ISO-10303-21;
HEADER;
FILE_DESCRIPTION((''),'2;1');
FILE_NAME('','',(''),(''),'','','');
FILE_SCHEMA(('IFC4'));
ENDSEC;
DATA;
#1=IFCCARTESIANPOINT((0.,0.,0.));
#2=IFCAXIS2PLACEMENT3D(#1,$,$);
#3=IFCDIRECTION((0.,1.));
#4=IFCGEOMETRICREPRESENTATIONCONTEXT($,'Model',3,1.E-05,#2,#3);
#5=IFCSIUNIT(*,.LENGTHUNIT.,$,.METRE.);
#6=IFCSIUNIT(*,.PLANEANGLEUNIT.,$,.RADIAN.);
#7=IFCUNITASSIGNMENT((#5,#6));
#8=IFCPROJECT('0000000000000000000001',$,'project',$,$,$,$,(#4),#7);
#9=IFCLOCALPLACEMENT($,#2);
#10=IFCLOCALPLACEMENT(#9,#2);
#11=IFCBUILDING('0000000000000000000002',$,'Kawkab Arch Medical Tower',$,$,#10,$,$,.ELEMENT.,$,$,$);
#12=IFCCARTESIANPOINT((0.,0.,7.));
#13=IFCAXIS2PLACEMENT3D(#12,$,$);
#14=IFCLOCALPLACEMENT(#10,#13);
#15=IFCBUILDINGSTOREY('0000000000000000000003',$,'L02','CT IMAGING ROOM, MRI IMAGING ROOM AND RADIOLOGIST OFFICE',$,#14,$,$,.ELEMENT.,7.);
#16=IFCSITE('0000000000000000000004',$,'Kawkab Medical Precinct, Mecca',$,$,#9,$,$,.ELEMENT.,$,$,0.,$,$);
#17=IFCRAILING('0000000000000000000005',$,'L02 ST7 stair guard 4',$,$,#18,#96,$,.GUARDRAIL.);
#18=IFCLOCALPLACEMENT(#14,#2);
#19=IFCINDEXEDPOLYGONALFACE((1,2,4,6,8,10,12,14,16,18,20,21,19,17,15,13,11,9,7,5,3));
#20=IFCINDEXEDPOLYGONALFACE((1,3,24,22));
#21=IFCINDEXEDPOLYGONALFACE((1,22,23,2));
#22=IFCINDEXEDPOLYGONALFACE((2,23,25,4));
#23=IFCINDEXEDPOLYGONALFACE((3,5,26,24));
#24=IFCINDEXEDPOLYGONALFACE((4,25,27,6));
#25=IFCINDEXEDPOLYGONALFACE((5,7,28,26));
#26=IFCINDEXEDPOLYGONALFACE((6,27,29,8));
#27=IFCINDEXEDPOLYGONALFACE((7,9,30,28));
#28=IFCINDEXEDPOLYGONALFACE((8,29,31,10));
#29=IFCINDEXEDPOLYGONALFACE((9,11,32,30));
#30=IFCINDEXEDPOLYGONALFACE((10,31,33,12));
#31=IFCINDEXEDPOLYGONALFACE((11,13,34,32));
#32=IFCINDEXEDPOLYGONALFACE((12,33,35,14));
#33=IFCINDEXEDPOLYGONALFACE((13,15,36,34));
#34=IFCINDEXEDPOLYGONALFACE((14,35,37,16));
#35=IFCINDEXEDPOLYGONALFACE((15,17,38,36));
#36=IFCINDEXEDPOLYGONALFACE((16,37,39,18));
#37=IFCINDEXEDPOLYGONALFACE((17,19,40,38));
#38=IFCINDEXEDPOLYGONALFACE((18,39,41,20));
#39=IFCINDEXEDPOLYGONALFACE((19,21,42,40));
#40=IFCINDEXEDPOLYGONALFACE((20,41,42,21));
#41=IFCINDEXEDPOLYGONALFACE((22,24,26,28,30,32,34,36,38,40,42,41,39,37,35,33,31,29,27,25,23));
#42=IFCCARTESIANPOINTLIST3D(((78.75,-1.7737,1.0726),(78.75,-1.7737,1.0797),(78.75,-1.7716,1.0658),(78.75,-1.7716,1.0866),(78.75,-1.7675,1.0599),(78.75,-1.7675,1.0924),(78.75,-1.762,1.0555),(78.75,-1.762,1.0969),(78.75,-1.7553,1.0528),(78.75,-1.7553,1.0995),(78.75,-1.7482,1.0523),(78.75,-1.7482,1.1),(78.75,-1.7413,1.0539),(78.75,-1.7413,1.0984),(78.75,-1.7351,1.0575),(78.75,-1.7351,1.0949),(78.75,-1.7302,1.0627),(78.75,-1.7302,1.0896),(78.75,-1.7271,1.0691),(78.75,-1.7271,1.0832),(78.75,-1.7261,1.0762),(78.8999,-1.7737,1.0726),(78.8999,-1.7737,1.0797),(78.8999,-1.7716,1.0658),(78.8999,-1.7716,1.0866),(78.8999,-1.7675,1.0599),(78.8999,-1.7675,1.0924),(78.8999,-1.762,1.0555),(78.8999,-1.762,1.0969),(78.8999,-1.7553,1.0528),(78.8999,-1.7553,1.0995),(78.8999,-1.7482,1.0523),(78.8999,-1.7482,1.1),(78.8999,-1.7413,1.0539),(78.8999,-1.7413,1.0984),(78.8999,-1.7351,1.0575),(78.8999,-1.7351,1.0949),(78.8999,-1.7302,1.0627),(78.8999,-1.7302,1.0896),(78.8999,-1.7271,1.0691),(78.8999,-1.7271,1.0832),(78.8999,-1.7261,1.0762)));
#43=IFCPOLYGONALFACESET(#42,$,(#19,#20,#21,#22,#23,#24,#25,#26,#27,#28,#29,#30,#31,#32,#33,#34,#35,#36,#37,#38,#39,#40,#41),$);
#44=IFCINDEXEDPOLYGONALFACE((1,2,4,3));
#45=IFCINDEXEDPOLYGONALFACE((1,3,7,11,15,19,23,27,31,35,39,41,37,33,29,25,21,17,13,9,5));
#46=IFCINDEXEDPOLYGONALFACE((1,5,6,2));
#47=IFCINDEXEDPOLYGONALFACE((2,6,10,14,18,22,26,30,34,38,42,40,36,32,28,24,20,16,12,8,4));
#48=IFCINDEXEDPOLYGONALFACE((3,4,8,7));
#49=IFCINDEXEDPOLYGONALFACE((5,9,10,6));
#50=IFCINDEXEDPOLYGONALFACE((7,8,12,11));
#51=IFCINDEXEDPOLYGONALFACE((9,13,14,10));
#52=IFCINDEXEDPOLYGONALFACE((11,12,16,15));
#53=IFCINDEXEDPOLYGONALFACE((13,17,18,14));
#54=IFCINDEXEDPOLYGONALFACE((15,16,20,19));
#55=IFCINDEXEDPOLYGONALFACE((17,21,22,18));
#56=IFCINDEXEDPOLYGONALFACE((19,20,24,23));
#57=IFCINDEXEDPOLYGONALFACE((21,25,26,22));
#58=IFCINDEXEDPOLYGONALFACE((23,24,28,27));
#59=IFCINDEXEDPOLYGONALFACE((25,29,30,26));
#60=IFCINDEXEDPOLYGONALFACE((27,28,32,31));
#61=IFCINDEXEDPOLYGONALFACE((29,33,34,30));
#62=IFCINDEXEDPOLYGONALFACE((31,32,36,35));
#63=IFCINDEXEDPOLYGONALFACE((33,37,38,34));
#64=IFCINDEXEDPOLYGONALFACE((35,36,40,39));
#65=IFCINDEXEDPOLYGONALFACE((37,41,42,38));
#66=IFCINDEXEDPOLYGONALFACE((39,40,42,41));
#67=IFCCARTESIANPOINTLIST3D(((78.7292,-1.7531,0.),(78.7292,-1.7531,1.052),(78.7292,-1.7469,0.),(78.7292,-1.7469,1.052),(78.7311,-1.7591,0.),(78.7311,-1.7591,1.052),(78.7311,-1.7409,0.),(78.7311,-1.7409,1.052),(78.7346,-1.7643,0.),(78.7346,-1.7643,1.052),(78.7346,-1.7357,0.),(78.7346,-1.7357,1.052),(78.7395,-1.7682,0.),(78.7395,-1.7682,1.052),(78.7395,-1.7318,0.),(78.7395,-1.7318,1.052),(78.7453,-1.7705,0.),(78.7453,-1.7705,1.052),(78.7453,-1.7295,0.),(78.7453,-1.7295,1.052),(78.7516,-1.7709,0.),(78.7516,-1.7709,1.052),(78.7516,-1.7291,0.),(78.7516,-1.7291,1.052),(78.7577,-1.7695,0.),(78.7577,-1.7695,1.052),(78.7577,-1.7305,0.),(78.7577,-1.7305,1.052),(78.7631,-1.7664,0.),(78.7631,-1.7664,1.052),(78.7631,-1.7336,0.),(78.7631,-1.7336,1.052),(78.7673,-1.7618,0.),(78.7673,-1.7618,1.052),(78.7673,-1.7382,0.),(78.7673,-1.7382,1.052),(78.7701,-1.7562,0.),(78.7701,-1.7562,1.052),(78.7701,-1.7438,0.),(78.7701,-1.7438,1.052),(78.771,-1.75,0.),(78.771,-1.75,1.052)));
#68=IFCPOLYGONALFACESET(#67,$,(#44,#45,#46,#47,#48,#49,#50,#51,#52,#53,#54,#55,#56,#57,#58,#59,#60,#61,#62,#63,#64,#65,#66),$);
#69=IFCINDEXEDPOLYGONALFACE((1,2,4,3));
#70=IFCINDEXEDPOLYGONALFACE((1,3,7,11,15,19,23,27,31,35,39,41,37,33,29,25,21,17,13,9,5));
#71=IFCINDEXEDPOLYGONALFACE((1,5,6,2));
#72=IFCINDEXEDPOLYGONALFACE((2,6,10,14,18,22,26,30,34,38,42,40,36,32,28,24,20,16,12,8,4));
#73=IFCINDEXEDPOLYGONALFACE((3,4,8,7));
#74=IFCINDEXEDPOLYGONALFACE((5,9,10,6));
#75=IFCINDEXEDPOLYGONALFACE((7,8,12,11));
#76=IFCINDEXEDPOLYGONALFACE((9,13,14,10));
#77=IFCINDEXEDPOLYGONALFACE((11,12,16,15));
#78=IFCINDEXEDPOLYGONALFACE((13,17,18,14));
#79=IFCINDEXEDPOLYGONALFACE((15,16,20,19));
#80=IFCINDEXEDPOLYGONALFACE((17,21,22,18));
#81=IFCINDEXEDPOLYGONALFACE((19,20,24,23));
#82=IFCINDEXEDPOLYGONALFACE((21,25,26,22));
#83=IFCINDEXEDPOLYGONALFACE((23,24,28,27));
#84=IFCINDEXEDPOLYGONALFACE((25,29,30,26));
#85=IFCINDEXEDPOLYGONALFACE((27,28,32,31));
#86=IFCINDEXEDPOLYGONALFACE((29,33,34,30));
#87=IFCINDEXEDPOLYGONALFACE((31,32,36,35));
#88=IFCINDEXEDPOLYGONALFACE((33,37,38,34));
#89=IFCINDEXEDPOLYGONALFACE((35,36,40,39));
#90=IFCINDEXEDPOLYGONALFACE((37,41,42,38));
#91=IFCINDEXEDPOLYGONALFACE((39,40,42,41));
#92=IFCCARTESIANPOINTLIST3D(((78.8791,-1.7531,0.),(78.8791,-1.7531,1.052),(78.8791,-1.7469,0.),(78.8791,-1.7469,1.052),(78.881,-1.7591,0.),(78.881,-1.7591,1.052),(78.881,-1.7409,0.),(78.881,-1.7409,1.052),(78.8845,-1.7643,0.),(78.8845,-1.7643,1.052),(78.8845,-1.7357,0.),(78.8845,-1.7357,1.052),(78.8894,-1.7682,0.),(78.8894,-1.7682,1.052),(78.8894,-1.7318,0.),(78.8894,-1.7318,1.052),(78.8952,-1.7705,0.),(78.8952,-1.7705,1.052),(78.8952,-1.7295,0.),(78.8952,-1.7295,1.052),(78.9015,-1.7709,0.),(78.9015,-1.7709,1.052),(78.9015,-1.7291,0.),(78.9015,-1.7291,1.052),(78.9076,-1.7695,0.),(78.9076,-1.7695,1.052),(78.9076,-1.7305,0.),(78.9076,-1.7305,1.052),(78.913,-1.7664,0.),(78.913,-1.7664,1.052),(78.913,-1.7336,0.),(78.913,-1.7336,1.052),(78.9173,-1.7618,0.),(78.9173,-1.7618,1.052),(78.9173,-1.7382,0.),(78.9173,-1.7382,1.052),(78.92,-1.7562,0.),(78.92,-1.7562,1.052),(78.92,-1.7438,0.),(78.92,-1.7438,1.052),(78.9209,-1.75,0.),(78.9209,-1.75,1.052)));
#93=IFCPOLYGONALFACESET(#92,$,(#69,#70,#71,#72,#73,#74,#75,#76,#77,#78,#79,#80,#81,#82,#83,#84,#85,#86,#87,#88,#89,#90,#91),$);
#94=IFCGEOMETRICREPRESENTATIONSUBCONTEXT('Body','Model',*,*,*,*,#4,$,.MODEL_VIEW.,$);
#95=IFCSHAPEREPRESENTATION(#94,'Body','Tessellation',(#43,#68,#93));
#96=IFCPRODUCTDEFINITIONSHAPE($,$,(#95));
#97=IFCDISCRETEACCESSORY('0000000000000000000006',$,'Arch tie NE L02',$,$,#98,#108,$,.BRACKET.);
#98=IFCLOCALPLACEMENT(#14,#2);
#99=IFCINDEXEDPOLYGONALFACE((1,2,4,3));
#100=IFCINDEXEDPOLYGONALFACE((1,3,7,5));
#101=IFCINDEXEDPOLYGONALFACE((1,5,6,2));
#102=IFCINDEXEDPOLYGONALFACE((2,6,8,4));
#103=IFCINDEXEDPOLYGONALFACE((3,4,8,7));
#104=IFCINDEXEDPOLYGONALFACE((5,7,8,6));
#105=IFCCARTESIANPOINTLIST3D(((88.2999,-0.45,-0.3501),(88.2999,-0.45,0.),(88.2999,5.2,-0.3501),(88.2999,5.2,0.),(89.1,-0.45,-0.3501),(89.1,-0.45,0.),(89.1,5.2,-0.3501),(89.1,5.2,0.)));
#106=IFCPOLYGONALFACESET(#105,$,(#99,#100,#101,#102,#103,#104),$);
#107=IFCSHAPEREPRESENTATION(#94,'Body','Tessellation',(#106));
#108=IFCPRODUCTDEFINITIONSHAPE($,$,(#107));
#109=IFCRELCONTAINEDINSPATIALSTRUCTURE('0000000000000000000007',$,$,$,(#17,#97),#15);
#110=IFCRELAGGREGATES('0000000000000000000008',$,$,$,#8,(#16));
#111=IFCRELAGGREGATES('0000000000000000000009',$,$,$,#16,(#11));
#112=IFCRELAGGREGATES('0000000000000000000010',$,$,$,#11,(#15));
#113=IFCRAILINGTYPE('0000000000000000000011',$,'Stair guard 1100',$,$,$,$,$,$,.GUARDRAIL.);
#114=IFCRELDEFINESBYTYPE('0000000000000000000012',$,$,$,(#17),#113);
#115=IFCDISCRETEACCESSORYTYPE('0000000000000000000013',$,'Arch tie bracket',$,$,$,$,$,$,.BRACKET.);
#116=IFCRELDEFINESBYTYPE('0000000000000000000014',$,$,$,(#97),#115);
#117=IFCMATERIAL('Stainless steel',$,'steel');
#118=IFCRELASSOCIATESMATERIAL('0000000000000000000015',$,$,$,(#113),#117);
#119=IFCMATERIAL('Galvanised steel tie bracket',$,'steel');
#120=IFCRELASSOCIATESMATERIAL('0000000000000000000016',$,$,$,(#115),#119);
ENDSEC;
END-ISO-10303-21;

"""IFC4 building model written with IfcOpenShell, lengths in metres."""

from ifc_helpers import new_model, si_unit, direction, frame, origin, origin_2d, place, context, subcontext, project, spatial, rectangle, circle, extrude, material, type_object, element, save


model = new_model("IFC4")

# Units and contexts
model_context = context("Model", 3, precision=1e-05, world=origin(), true_north=direction((0.0, 1.0)))
body_context = subcontext(model_context, "Body", "Model", "MODEL_VIEW")
ifc_project = project(units=[si_unit("LENGTHUNIT", "METRE"), si_unit("PLANEANGLEUNIT", "RADIAN")], contexts=[model_context])

# Site, building, storey
site_placement = place(None, origin())
site = spatial("IfcSite", under=ifc_project, at=site_placement, Name="Kawkab Medical Precinct, Mecca", CompositionType="ELEMENT", RefElevation=0.0)
building_placement = place(site_placement, origin())
building = spatial("IfcBuilding", under=site, at=building_placement, Name="Kawkab Arch Medical Tower", CompositionType="ELEMENT")
storey_placement = place(building_placement, frame((0.0, 0.0, 7.0)))
storey = spatial("IfcBuildingStorey", under=building, at=storey_placement, Name="L02", Description="CT IMAGING ROOM, MRI IMAGING ROOM AND RADIOLOGIST OFFICE", CompositionType="ELEMENT", Elevation=7.0)

# Railing
ifc_material_1 = material(Name="Stainless steel", Category="steel")
railing_type = type_object("IfcRailingType", Name="Stair guard 1100", PredefinedType="GUARDRAIL", material=ifc_material_1)
railing_1_placement = place(storey_placement, frame((78.75, -1.75, 0.0)))
element("IfcRailing", 1, at=railing_1_placement, inside=storey, type_object=railing_type, Name="L02 ST7 stair guard 4", PredefinedType="GUARDRAIL", context=body_context, shape_type="SweptSolid", body=[
    extrude(circle(Radius=0.0239, at=origin_2d()), frame((0.0, 0.0, 1.0762), z_axis=(1.0, 0.0, 0.0), x_axis=(0.0, 1.0, 0.0)), (0.0, 0.0, 1.0), 0.1499),
    extrude(circle(Radius=0.021, at=origin_2d()), origin(), (0.0, 0.0, 1.0), 1.052),
    extrude(circle(Radius=0.021, at=origin_2d()), frame((0.1499, 0.0, 0.0)), (0.0, 0.0, 1.0), 1.052),
])

# Discrete accessory
ifc_material_2 = material(Name="Galvanised steel tie bracket", Category="steel")
discrete_accessory_type = type_object("IfcDiscreteAccessoryType", Name="Arch tie bracket", PredefinedType="BRACKET", material=ifc_material_2)
discrete_accessory_placement = place(storey_placement, frame((88.7, 2.375, -0.3501), z_axis=(0.0, 0.0, 1.0), x_axis=(1.0, 0.0, 0.0)))
element("IfcDiscreteAccessory", 2, at=discrete_accessory_placement, inside=storey, type_object=discrete_accessory_type, Name="Arch tie NE L02", PredefinedType="BRACKET", context=body_context, shape_type="SweptSolid", body=[
    extrude(rectangle(XDim=0.8, YDim=5.6499, at=origin_2d()), origin(), (0.0, 0.0, 1.0), 0.3501),
])

save(model, "model.ifc")
